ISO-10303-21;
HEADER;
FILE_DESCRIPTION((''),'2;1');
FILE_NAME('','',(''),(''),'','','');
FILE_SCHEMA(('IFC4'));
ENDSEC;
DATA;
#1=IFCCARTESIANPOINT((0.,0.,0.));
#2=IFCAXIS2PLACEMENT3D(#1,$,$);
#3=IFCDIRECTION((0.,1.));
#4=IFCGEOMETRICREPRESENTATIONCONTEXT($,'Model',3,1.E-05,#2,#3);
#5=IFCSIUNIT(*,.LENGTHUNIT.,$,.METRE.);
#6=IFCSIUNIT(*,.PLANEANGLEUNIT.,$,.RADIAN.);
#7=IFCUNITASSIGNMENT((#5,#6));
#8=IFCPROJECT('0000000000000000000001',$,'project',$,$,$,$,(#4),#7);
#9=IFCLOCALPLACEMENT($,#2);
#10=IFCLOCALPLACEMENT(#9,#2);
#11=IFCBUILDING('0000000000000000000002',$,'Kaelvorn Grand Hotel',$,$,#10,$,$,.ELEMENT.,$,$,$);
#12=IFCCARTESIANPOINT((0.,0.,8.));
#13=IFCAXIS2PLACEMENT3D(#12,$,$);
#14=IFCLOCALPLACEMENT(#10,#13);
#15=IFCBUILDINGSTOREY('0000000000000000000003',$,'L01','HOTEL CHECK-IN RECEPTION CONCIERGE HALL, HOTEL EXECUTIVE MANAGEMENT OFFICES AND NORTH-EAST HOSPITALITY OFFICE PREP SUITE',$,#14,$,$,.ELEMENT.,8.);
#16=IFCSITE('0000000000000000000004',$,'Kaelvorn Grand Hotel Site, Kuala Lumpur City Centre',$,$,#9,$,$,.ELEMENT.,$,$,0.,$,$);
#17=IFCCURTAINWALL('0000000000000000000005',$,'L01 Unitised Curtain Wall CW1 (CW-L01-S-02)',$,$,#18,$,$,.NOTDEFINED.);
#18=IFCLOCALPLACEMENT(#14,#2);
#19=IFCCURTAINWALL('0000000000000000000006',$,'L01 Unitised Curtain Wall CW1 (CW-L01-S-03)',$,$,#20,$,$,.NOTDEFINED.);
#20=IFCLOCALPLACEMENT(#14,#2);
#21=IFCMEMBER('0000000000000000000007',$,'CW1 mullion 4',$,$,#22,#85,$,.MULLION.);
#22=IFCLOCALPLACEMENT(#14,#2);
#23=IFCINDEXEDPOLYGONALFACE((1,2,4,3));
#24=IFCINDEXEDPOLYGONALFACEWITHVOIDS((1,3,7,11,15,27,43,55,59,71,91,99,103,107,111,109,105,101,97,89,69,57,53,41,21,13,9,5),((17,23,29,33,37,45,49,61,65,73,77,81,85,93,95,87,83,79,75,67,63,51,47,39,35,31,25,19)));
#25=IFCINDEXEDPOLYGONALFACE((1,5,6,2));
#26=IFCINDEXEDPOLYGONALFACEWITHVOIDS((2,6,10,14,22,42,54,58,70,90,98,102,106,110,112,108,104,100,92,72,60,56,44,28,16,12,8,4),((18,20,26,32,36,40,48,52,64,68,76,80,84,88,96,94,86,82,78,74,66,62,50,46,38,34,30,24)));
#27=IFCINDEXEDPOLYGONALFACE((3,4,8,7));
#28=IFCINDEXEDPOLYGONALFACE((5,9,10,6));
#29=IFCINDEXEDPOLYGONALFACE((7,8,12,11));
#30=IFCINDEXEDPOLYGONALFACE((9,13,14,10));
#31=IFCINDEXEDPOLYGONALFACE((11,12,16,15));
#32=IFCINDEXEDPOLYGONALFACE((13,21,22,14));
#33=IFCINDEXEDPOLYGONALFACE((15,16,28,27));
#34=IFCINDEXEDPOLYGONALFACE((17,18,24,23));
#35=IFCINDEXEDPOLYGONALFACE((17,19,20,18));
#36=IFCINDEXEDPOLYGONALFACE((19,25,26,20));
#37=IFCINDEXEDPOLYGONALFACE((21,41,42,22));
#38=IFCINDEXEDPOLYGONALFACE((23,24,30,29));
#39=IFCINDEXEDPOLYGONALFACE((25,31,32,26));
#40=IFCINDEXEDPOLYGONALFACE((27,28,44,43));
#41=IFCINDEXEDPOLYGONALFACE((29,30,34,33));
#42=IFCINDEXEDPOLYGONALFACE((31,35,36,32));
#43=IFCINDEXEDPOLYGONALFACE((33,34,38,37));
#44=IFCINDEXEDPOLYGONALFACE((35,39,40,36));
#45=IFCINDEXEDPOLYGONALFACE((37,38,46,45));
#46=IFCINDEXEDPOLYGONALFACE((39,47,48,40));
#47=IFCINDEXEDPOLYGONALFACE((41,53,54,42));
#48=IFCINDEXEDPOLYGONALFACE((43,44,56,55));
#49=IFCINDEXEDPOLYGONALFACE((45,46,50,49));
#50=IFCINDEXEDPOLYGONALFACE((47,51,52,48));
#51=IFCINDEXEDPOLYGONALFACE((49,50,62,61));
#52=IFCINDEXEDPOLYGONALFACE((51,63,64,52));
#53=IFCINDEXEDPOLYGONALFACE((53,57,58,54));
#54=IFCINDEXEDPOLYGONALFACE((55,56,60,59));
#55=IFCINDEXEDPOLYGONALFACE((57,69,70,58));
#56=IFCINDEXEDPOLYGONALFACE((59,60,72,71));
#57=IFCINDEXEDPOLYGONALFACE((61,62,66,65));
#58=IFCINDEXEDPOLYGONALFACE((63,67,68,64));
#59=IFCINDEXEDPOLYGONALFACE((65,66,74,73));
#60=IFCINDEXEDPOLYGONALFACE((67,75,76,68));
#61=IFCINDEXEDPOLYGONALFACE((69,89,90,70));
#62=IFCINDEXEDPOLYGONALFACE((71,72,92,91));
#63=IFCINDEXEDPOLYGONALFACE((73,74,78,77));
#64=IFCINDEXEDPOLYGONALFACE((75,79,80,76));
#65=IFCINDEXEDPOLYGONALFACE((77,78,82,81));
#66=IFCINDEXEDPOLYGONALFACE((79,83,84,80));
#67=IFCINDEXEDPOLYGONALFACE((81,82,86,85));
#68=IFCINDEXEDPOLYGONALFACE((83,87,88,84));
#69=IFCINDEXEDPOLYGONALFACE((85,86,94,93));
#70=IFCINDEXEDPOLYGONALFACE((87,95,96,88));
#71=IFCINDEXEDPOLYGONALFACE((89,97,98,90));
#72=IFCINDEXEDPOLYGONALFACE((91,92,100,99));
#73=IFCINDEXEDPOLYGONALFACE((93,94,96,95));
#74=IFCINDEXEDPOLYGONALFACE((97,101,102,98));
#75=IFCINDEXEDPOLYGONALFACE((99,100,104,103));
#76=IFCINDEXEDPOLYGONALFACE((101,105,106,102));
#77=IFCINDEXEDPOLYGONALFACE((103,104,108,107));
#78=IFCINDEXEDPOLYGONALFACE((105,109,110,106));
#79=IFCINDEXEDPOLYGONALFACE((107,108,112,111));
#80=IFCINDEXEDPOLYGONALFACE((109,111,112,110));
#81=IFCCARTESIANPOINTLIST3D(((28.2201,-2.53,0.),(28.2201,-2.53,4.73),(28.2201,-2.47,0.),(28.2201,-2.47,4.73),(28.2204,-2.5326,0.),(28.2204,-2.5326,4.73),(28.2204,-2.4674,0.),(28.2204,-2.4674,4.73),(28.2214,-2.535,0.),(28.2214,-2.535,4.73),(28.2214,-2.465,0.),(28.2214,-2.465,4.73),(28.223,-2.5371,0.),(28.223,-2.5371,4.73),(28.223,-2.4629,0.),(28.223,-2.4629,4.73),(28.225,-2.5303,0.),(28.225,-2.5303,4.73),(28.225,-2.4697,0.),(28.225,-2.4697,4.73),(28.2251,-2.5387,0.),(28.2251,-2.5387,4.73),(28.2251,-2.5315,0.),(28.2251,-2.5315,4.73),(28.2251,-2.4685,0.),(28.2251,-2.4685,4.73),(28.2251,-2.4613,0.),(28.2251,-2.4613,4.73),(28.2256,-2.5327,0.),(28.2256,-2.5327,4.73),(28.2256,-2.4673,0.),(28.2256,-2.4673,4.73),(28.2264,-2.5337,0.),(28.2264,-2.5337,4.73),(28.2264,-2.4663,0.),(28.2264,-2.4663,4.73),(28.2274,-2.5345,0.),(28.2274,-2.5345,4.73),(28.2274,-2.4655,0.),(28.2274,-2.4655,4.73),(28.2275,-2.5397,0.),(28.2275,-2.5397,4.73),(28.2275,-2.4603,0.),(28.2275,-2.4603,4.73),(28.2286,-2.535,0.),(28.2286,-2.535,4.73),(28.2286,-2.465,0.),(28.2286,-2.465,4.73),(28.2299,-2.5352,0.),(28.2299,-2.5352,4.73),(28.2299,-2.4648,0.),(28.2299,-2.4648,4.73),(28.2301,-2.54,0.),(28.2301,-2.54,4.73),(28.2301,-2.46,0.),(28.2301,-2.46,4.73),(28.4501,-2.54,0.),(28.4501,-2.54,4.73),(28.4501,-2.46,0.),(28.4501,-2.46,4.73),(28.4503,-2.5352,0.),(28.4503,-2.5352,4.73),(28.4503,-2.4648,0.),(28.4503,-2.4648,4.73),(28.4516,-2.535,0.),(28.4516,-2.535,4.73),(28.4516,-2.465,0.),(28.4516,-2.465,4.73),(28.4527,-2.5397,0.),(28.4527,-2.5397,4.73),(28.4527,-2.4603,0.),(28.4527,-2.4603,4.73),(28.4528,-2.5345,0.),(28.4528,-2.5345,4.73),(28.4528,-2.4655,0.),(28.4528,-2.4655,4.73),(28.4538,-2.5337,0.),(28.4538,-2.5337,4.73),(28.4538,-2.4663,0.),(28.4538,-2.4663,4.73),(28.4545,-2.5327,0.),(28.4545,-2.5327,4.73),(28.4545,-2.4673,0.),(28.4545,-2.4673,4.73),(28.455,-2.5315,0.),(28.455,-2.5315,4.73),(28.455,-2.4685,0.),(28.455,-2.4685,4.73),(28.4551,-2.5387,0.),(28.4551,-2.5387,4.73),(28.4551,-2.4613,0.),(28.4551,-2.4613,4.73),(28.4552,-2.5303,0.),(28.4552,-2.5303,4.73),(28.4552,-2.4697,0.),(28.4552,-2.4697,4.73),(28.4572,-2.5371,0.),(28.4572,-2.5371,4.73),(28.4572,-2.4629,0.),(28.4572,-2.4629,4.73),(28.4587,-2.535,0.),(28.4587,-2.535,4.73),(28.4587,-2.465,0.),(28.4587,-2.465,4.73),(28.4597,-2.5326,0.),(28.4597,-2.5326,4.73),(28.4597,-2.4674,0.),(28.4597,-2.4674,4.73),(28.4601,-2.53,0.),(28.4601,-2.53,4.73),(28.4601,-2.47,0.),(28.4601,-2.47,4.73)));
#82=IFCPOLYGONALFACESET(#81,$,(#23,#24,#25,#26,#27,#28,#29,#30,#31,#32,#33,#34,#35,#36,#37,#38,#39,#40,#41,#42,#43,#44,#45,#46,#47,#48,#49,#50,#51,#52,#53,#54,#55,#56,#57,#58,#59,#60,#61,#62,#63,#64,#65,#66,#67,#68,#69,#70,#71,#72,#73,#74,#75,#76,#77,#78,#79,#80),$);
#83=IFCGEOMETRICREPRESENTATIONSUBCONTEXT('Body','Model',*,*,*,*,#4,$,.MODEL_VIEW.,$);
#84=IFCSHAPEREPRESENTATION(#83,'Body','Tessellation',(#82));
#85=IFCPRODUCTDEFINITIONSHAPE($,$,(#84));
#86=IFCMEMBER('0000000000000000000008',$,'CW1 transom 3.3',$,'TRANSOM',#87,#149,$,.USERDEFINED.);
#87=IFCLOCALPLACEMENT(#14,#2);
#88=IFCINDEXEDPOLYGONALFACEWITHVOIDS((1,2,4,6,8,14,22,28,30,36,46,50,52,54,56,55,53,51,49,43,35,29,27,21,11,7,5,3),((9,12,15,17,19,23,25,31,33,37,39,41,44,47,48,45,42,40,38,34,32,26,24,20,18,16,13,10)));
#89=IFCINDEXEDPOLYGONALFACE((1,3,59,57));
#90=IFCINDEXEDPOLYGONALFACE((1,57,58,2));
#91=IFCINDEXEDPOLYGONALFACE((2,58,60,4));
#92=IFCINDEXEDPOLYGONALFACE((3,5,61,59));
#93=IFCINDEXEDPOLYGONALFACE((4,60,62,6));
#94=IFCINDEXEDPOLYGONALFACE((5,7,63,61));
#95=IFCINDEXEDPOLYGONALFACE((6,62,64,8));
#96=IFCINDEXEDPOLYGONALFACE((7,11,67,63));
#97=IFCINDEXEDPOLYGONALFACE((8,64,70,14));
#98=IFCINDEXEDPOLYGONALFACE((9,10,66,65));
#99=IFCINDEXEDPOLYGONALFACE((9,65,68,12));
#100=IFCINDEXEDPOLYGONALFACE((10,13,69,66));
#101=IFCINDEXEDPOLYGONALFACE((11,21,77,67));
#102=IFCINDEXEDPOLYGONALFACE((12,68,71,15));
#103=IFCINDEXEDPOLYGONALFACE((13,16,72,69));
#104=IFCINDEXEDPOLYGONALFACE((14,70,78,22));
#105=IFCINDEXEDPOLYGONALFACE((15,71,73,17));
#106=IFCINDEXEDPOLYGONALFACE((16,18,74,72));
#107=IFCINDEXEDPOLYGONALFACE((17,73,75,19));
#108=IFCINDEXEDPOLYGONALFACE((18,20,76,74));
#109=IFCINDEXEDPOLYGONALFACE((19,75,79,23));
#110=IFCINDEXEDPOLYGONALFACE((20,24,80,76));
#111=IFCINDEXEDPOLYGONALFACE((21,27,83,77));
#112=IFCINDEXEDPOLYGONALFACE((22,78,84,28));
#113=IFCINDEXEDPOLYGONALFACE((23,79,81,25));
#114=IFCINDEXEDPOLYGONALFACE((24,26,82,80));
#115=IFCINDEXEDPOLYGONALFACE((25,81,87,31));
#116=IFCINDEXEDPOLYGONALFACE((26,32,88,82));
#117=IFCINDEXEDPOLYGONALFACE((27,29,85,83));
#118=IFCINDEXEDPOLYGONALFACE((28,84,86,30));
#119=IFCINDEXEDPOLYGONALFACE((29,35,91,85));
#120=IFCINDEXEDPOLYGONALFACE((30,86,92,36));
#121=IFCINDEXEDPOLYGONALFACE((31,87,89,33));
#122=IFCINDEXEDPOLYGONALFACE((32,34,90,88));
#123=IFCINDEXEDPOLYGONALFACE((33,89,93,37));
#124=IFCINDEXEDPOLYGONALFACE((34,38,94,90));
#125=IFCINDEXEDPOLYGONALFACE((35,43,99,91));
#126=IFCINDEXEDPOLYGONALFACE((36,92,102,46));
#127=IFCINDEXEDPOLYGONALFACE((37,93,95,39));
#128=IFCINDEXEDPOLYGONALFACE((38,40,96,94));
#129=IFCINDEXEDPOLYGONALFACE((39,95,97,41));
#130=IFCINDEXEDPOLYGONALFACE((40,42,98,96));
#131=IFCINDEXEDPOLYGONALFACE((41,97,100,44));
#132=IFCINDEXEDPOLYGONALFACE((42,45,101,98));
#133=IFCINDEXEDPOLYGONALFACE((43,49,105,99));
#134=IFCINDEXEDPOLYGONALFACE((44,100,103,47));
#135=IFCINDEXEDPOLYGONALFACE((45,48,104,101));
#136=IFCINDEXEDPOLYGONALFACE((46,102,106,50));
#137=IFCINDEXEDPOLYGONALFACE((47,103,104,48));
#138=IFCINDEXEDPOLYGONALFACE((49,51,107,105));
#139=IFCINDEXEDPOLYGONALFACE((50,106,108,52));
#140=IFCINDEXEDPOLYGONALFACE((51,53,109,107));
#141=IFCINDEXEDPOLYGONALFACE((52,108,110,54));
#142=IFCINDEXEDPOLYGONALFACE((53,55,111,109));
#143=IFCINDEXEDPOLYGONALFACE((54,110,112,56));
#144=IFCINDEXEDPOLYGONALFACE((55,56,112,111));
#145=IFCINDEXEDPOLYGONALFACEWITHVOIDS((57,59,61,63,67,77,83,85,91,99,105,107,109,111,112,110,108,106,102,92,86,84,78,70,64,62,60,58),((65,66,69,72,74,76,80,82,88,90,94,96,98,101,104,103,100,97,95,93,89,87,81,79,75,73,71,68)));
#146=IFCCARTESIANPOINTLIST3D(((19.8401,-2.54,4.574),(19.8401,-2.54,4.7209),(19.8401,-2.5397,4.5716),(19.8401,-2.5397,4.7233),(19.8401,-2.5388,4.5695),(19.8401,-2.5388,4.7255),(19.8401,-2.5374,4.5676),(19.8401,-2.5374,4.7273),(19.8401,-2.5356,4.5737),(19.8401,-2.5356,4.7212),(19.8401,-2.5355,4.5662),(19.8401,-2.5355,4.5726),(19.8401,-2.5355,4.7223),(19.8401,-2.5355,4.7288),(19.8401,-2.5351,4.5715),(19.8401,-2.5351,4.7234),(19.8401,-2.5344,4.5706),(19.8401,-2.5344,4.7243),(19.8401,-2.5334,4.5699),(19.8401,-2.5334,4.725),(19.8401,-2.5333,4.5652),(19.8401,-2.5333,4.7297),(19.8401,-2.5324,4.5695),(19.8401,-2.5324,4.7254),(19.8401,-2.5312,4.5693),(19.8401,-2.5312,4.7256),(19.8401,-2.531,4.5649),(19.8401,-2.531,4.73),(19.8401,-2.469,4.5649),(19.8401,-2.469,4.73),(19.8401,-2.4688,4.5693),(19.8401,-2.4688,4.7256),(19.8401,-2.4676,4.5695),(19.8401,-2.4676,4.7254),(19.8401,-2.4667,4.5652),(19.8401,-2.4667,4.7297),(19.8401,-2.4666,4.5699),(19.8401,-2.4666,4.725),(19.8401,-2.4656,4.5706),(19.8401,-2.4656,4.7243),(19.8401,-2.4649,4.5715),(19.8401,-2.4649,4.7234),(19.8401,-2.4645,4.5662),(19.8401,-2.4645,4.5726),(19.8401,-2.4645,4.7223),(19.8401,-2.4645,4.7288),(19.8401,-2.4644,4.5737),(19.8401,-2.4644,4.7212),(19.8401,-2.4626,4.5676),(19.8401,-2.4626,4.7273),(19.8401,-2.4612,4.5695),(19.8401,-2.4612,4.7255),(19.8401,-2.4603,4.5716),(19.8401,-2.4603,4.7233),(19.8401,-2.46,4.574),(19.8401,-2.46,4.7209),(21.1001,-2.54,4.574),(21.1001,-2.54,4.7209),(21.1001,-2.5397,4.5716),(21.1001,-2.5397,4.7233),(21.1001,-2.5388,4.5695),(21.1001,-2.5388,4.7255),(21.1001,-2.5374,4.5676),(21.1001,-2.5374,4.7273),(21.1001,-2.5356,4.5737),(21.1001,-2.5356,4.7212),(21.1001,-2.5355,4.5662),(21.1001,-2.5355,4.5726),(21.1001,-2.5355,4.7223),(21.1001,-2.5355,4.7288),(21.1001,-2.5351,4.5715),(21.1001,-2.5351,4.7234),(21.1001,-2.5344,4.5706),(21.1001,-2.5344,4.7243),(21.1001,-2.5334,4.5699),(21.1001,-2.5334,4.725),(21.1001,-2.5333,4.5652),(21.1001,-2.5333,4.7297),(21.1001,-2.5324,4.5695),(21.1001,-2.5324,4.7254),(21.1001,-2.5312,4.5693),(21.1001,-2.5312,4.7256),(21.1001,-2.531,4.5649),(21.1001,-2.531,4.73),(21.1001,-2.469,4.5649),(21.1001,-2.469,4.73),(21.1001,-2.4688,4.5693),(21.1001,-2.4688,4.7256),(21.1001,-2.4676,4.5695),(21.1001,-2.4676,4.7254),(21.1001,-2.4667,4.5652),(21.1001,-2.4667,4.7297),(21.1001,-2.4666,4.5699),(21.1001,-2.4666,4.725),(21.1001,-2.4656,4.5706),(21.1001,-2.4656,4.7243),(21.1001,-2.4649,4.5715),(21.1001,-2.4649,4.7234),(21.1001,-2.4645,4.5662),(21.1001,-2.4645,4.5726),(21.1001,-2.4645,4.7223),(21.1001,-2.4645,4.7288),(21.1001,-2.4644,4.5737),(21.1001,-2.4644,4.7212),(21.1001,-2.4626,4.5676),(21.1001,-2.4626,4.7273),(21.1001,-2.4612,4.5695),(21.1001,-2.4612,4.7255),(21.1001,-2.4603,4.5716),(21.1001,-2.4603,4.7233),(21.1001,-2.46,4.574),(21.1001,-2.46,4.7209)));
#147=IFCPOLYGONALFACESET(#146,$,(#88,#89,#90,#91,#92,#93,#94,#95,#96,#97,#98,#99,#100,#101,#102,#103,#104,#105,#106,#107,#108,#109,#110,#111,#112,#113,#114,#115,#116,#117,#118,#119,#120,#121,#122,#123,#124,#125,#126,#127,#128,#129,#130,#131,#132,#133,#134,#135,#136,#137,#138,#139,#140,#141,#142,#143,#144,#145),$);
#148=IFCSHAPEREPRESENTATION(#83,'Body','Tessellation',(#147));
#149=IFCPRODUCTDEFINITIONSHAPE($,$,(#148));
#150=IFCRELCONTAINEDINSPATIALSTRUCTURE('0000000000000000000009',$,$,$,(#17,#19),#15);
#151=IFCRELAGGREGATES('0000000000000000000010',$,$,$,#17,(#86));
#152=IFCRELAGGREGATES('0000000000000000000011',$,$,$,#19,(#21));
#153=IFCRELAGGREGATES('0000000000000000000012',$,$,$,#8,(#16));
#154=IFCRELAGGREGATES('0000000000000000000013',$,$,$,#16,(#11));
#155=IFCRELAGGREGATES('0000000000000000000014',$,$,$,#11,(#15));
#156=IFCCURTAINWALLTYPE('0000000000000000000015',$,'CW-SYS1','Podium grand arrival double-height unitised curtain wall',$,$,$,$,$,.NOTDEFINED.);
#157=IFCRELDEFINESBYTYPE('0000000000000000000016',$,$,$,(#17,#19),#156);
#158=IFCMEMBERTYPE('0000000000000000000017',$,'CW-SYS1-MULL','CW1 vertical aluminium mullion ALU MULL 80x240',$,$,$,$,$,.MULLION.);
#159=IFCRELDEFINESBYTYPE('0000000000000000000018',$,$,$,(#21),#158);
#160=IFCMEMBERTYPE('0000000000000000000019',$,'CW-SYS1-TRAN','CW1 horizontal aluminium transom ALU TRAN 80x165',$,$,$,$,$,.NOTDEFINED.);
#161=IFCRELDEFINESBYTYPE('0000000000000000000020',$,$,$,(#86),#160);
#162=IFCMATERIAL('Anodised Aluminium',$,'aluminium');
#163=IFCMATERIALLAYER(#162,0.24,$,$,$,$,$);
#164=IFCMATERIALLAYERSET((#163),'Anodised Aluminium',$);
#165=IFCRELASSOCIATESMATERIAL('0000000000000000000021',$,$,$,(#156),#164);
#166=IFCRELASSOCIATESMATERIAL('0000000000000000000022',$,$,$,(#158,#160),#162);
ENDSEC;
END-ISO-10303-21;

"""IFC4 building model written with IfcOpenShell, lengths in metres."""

from ifc_helpers import new_model, si_unit, direction, frame, origin, origin_2d, place, context, subcontext, project, spatial, hollow_rectangle, extrude, material, layer, layer_set, material_profile, profile_set, type_object, element, aggregate, save


model = new_model("IFC4")

# Units and contexts
model_context = context("Model", 3, precision=1e-05, world=origin(), true_north=direction((0.0, 1.0)))
body_context = subcontext(model_context, "Body", "Model", "MODEL_VIEW")
ifc_project = project(units=[si_unit("LENGTHUNIT", "METRE"), si_unit("PLANEANGLEUNIT", "RADIAN")], contexts=[model_context])

# Site, building, storey
site_placement = place(None, origin())
site = spatial("IfcSite", under=ifc_project, at=site_placement, Name="Kaelvorn Grand Hotel Site, Kuala Lumpur City Centre", CompositionType="ELEMENT", RefElevation=0.0)
building_placement = place(site_placement, origin())
building = spatial("IfcBuilding", under=site, at=building_placement, Name="Kaelvorn Grand Hotel", CompositionType="ELEMENT")
storey_placement = place(building_placement, frame((0.0, 0.0, 8.0)))
storey = spatial("IfcBuildingStorey", under=building, at=storey_placement, Name="L01", Description="HOTEL CHECK-IN RECEPTION CONCIERGE HALL, HOTEL EXECUTIVE MANAGEMENT OFFICES AND NORTH-EAST HOSPITALITY OFFICE PREP SUITE", CompositionType="ELEMENT", Elevation=8.0)

# Curtain walls, member
ifc_material_1 = material(Name="Anodised Aluminium", Category="aluminium")
ifc_layer_1 = layer(ifc_material_1, 0.24)
ifc_layer_set_1 = layer_set([ifc_layer_1], Name="Anodised Aluminium")
curtain_wall_type = type_object("IfcCurtainWallType", Name="CW-SYS1", Description="Podium grand arrival double-height unitised curtain wall", PredefinedType="NOTDEFINED", material=ifc_layer_set_1)
curtain_wall_1_placement = place(storey_placement, origin())
curtain_wall_1 = element("IfcCurtainWall", 1, at=curtain_wall_1_placement, inside=storey, type_object=curtain_wall_type, Name="L01 Unitised Curtain Wall CW1 (CW-L01-S-02)", PredefinedType="NOTDEFINED")
ifc_material_profile_1 = material_profile(ifc_material_1, hollow_rectangle(XDim=0.0801, YDim=0.24, WallThickness=0.0049, InnerFilletRadius=0.0049, OuterFilletRadius=0.01, at=origin_2d()), Name="ALU MULL 80x240")
ifc_profile_set_1 = profile_set([ifc_material_profile_1], Name="Anodised Aluminium")
member_type_1 = type_object("IfcMemberType", Name="CW-SYS1-MULL", Description="CW1 vertical aluminium mullion ALU MULL 80x240", PredefinedType="MULLION", material=ifc_profile_set_1)
curtain_wall_2_placement = place(storey_placement, origin())
curtain_wall_2 = element("IfcCurtainWall", 2, at=curtain_wall_2_placement, inside=storey, type_object=curtain_wall_type, Name="L01 Unitised Curtain Wall CW1 (CW-L01-S-03)", PredefinedType="NOTDEFINED")
member_1_placement = place(storey_placement, frame((28.3401, -2.5, 0.0), z_axis=(0.0, 0.0, 1.0), x_axis=(0.0, 1.0, 0.0)))
member_1 = element("IfcMember", 3, at=member_1_placement, type_object=member_type_1, Name="CW1 mullion 4", PredefinedType="MULLION", context=body_context, shape_type="SweptSolid", body=[
    extrude(hollow_rectangle(XDim=0.0801, YDim=0.24, WallThickness=0.0049, InnerFilletRadius=0.0049, OuterFilletRadius=0.01, at=origin_2d()), origin(), (0.0, 0.0, 1.0), 4.73),
])

# Member
ifc_material_profile_2 = material_profile(ifc_material_1, hollow_rectangle(XDim=0.0801, YDim=0.165, WallThickness=0.0044, InnerFilletRadius=0.0044, OuterFilletRadius=0.009, at=origin_2d()), Name="ALU TRAN 80x165")
ifc_profile_set_2 = profile_set([ifc_material_profile_2], Name="Anodised Aluminium")
member_type_2 = type_object("IfcMemberType", Name="CW-SYS1-TRAN", Description="CW1 horizontal aluminium transom ALU TRAN 80x165", PredefinedType="NOTDEFINED", material=ifc_profile_set_2)
member_2_placement = place(storey_placement, frame((19.8401, -2.5, 4.6475), z_axis=(1.0, 0.0, 0.0), x_axis=(0.0, 1.0, 0.0)))
member_2 = element("IfcMember", 4, at=member_2_placement, type_object=member_type_2, Name="CW1 transom 3.3", ObjectType="TRANSOM", PredefinedType="USERDEFINED", context=body_context, shape_type="SweptSolid", body=[
    extrude(hollow_rectangle(XDim=0.0801, YDim=0.165, WallThickness=0.0044, InnerFilletRadius=0.0044, OuterFilletRadius=0.009, at=origin_2d()), origin(), (0.0, 0.0, 1.0), 1.26),
])

aggregate(curtain_wall_1, [member_2])
aggregate(curtain_wall_2, [member_1])

save(model, "model.ifc")
